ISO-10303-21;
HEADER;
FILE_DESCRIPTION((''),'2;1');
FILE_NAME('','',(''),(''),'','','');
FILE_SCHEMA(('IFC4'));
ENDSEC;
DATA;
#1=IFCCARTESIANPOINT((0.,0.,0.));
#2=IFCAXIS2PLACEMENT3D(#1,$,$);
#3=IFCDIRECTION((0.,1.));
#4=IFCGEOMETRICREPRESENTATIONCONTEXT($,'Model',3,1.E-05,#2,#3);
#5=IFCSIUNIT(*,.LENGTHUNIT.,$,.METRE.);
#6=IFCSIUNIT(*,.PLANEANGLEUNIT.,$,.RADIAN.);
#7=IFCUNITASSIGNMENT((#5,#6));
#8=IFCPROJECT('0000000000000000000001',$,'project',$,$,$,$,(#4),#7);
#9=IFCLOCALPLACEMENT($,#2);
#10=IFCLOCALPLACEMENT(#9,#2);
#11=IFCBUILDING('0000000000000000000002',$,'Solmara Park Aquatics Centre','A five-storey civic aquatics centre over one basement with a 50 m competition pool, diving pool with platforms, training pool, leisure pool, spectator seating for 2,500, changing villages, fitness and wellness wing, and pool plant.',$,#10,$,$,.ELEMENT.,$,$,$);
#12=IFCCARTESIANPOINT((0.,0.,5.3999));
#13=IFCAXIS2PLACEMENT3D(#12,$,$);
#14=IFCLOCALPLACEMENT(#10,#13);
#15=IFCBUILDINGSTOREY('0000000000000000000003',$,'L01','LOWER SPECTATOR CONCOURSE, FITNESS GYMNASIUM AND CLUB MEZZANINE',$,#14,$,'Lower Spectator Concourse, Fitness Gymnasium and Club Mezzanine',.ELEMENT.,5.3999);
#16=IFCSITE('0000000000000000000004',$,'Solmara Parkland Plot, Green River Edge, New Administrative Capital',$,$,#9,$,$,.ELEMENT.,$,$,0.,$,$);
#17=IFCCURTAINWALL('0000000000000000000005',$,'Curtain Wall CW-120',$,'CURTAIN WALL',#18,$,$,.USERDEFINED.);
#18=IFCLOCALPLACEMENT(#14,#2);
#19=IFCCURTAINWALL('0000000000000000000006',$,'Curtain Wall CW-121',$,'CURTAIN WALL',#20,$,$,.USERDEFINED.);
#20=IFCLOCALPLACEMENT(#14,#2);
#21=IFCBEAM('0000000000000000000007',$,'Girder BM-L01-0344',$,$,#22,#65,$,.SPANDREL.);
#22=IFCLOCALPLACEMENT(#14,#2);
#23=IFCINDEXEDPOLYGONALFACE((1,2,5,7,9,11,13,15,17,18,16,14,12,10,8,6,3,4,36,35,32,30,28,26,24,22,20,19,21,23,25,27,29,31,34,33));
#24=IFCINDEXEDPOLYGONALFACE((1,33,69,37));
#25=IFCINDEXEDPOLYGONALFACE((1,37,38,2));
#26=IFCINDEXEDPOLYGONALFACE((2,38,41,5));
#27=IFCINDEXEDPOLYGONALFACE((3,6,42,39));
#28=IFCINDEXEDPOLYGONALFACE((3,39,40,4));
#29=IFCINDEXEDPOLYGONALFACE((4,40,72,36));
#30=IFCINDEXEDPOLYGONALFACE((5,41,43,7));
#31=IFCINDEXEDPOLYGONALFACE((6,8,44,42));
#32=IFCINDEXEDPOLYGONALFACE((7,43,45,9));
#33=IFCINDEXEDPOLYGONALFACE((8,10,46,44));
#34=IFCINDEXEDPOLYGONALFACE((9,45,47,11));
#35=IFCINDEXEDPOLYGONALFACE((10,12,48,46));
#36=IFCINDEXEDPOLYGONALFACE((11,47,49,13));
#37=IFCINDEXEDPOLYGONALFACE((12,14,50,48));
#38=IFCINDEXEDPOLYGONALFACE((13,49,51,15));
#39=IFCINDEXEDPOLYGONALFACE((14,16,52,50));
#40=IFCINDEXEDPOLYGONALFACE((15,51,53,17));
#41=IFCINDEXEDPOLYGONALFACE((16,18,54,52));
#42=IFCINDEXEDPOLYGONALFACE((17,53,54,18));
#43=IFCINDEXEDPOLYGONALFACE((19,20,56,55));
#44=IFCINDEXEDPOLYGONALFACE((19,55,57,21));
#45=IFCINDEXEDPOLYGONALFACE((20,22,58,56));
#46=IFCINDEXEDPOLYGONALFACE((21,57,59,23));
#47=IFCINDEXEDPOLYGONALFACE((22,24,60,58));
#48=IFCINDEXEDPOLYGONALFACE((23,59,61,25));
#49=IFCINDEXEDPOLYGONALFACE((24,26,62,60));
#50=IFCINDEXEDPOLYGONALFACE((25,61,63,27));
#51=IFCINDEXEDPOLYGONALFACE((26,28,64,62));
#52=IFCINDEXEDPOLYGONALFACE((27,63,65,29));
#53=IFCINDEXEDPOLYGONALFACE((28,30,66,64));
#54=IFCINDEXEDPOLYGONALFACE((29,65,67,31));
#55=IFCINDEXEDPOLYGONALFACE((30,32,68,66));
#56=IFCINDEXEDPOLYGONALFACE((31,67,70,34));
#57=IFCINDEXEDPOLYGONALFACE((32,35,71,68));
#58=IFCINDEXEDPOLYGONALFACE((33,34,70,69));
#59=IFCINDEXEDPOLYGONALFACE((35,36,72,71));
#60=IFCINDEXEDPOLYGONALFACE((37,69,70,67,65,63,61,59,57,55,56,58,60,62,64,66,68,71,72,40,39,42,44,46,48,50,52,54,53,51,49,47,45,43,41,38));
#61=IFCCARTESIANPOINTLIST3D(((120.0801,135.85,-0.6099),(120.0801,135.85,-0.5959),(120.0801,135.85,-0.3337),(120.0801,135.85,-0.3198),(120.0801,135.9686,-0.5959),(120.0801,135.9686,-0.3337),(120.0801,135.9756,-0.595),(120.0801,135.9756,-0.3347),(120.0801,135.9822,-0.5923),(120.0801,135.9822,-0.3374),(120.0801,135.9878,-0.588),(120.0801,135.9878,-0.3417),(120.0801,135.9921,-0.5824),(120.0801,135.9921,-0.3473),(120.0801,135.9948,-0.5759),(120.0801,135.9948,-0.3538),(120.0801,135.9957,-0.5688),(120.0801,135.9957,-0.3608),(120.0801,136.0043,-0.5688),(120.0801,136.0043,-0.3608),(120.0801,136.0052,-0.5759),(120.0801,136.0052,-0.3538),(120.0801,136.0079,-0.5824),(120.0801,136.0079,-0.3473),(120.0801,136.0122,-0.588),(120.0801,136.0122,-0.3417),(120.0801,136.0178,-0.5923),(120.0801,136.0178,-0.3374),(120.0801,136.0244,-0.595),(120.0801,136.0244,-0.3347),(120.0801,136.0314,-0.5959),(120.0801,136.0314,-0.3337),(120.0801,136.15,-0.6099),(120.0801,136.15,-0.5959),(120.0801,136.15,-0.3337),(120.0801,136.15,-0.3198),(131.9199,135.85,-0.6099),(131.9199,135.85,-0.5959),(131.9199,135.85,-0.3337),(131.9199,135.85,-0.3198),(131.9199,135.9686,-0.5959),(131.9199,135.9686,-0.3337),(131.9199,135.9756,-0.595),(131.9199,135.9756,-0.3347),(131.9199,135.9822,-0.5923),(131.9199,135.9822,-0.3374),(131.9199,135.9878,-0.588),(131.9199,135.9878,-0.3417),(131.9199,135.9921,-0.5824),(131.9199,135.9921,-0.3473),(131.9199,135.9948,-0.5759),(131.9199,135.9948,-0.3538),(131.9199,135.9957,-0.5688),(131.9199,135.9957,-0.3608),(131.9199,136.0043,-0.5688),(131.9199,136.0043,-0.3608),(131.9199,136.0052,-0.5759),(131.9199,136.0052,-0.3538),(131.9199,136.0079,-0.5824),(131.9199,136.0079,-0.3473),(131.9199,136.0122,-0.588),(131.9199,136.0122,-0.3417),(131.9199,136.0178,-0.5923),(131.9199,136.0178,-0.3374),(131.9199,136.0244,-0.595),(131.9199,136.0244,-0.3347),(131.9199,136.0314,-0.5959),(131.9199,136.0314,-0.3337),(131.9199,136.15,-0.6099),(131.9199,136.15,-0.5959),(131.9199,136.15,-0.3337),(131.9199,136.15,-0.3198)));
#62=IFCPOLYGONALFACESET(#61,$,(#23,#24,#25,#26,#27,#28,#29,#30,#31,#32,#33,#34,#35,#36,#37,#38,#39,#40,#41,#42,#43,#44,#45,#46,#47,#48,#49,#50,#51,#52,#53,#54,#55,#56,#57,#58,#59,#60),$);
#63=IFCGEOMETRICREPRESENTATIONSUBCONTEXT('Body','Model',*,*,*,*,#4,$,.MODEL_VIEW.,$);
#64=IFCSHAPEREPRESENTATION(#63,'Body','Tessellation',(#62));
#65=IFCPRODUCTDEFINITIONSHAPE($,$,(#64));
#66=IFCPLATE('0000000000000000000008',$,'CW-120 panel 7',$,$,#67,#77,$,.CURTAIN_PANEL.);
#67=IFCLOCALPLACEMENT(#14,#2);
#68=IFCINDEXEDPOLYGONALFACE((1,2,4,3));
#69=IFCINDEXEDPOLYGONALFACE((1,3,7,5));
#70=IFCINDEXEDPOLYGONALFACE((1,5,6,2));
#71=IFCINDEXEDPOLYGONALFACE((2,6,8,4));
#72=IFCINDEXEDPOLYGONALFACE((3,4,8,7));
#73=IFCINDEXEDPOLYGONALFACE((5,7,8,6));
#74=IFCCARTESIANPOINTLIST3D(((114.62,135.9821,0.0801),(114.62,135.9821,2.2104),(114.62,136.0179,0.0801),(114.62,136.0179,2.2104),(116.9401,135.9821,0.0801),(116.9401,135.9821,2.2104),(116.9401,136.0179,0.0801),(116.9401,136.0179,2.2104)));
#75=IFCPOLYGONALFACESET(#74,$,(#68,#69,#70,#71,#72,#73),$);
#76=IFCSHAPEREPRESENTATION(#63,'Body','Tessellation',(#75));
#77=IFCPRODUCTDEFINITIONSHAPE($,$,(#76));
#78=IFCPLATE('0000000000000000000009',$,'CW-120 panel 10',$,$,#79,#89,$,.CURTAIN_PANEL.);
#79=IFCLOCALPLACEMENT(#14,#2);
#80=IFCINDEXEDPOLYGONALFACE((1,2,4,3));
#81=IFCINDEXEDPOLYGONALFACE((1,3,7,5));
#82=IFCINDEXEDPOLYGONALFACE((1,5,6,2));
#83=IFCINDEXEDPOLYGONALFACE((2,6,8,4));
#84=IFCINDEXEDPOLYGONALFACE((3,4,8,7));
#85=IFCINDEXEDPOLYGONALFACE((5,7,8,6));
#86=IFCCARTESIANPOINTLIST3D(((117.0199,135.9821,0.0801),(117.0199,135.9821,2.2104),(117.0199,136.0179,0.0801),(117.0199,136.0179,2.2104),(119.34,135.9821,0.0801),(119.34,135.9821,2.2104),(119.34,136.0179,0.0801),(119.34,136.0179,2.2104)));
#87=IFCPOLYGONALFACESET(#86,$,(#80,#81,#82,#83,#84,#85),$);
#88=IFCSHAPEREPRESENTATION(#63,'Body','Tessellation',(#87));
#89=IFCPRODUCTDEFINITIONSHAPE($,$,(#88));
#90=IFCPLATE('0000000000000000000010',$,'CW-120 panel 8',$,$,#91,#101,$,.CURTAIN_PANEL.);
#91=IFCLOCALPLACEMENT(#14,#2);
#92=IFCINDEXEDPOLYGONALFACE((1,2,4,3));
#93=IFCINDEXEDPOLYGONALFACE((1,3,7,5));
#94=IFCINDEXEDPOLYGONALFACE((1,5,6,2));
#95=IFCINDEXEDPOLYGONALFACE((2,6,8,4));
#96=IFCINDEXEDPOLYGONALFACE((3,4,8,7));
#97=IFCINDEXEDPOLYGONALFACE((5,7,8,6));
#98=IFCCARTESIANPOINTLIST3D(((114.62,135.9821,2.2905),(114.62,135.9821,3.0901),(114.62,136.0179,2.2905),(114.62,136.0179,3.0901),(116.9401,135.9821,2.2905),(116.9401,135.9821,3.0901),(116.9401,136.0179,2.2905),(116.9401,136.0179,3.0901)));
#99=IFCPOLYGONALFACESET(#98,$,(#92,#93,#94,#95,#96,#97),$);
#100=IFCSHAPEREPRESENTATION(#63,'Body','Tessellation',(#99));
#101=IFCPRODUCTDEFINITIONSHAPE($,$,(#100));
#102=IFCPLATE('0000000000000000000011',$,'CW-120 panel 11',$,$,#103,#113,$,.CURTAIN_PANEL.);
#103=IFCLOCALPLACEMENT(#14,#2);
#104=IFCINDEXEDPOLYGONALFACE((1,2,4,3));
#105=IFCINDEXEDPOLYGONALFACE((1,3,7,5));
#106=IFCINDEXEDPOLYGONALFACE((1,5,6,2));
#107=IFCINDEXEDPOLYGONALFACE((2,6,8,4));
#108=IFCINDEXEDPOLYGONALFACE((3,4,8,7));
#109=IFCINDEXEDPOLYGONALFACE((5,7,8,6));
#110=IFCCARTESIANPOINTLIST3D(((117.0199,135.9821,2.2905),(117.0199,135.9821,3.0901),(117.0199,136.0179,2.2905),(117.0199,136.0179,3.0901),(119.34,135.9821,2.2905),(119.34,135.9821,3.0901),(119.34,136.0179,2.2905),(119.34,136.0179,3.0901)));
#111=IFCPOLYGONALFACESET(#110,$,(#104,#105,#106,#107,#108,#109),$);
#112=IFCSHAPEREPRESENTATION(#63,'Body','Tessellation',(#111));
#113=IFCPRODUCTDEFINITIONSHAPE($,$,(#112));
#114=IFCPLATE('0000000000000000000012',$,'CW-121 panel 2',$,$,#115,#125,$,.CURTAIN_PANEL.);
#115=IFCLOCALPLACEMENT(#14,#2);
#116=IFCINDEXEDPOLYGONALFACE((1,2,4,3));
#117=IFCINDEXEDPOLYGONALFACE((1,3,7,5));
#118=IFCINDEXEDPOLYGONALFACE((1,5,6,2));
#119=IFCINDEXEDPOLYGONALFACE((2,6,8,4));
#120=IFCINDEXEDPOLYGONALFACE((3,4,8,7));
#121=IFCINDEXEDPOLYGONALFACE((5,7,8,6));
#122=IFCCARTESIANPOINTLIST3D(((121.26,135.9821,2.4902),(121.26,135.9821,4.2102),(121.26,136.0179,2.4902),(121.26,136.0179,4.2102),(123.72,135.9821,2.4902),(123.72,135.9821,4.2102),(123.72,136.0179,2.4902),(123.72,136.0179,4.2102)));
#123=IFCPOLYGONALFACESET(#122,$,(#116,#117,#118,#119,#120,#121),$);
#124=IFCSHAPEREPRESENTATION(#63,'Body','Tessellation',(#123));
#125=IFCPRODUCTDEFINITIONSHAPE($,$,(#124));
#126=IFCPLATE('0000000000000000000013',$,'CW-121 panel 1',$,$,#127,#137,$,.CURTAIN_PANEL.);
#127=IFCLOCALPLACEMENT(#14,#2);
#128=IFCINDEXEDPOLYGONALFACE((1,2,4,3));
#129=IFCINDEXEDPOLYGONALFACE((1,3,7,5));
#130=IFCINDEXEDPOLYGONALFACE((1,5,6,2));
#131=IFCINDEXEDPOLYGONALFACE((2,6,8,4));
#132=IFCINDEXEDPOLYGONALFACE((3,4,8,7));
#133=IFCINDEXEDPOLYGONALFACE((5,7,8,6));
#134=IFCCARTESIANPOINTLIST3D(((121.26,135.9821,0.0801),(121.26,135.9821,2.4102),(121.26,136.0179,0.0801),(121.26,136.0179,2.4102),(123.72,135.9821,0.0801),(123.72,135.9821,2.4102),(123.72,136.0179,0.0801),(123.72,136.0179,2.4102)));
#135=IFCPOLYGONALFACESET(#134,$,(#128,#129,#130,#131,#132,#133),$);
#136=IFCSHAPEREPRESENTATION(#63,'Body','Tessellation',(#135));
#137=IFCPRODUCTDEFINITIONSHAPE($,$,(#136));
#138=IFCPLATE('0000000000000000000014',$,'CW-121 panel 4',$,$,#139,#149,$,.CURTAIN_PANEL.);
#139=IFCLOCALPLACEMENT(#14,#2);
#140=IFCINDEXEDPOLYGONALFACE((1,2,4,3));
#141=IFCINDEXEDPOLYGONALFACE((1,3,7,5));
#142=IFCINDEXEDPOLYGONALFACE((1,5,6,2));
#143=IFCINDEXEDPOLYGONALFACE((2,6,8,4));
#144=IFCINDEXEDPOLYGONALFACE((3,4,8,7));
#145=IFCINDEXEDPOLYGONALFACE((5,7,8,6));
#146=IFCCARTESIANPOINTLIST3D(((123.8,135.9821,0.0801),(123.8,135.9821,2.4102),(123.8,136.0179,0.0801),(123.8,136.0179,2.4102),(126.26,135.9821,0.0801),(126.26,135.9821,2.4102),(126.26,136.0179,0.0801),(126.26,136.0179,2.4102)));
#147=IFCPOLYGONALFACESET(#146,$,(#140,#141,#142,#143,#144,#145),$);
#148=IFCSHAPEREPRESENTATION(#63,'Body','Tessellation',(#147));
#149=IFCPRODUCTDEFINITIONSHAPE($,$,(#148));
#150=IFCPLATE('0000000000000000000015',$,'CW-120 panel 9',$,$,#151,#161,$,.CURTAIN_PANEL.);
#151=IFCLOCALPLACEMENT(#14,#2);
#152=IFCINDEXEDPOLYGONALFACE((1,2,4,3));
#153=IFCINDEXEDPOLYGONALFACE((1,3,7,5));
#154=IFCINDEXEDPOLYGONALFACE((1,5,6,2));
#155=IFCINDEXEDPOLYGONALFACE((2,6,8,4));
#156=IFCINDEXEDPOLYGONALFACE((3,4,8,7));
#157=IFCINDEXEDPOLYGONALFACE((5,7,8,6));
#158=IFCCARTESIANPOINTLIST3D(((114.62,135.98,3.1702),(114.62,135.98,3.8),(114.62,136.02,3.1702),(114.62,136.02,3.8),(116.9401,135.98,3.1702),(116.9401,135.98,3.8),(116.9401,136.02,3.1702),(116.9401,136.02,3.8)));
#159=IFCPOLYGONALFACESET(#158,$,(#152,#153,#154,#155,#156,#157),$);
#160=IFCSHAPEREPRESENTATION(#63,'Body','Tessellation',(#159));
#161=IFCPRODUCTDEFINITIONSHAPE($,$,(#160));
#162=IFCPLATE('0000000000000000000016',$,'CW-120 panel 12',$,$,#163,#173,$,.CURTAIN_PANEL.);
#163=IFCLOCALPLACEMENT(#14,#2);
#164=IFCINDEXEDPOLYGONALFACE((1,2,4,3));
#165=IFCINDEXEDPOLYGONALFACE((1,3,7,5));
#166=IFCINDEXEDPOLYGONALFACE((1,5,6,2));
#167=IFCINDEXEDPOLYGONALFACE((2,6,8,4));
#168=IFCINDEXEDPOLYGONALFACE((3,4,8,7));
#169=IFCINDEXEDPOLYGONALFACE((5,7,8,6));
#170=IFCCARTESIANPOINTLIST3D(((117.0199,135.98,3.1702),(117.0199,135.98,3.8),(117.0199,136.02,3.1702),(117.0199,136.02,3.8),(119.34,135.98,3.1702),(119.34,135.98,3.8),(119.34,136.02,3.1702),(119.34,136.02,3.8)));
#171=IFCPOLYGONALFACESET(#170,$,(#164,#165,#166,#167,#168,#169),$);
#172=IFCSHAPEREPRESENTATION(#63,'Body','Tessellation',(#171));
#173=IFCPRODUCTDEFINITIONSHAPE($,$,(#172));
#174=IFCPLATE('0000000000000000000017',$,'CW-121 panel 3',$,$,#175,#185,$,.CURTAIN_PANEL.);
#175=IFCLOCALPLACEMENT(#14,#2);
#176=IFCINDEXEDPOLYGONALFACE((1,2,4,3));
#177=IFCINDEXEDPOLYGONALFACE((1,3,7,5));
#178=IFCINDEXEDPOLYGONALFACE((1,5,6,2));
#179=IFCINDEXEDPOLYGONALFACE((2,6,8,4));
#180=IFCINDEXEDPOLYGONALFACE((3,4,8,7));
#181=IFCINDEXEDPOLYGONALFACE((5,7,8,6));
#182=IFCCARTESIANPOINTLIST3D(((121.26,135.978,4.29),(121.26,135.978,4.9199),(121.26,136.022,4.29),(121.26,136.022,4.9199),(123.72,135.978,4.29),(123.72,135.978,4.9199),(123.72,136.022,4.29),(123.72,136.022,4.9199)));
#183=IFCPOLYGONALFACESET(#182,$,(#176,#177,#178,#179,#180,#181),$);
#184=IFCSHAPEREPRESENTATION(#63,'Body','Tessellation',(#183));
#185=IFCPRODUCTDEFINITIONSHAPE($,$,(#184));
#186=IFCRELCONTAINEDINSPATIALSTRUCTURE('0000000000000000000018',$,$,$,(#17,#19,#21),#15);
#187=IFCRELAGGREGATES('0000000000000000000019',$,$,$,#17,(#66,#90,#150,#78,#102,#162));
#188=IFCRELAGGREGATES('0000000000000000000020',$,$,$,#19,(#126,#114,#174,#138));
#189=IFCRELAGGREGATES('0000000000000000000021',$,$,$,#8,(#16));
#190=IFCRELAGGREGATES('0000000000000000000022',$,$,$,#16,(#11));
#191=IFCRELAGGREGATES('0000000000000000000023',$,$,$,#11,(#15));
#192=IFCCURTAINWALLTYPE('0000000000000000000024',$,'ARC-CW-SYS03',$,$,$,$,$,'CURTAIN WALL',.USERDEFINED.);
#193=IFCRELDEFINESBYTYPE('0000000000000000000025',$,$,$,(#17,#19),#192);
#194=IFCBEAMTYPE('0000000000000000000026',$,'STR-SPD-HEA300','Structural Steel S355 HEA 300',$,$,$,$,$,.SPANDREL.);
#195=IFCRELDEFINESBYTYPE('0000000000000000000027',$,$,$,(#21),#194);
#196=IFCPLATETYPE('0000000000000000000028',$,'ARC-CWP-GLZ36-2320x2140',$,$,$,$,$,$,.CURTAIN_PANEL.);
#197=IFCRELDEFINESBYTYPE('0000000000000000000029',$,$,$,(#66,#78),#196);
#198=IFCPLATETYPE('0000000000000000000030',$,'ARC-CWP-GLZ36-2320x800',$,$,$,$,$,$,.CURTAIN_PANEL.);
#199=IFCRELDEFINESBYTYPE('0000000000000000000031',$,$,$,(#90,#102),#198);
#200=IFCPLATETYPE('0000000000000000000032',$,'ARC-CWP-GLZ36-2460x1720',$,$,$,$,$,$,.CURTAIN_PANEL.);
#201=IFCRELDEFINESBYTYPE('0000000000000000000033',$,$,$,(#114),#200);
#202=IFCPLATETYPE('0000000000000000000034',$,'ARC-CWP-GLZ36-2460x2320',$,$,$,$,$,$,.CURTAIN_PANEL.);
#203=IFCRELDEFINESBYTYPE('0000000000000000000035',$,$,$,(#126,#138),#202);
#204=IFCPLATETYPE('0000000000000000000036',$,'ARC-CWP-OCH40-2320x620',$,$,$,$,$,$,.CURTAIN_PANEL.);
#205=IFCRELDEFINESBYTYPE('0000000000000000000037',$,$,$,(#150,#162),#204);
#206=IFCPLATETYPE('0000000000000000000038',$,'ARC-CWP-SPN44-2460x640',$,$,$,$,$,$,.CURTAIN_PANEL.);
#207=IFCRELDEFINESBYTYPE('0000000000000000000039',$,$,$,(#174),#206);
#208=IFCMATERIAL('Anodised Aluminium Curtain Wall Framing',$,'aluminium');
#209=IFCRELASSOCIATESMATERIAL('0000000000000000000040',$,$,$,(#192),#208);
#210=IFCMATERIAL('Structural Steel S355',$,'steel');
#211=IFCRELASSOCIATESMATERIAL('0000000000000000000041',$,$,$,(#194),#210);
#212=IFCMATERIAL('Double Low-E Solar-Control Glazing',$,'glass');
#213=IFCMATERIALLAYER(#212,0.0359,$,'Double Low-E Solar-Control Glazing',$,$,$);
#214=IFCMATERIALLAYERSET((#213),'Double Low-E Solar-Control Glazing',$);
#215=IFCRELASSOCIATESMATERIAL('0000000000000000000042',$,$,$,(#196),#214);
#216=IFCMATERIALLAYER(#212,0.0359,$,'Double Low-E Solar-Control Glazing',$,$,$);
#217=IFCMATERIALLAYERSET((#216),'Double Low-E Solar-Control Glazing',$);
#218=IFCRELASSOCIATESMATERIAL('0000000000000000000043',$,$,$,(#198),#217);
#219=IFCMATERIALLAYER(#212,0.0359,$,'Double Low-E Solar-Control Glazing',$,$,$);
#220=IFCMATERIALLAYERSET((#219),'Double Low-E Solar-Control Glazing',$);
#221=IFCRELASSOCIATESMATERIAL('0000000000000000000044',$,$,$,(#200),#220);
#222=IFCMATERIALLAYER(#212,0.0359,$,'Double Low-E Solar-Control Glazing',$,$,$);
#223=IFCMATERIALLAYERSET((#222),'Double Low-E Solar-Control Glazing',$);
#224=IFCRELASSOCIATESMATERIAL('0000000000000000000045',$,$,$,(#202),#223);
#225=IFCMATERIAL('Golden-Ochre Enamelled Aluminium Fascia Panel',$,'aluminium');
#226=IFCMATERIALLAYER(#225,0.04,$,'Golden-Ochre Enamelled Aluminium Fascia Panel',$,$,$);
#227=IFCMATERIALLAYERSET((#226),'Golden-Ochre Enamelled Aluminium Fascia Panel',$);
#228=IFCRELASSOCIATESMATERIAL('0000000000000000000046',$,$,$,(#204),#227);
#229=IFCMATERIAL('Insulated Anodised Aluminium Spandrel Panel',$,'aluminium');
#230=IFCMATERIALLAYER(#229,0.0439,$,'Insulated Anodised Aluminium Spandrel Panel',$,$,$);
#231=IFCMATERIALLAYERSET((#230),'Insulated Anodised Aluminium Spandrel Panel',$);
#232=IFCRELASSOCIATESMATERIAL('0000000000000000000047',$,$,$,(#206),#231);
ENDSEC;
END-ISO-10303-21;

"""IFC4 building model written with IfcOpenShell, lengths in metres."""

from ifc_helpers import new_model, si_unit, direction, frame, origin, origin_2d, place, context, subcontext, project, spatial, rectangle, i_section, extrude, material, layer, layer_set, material_profile, profile_set, type_object, element, aggregate, save


model = new_model("IFC4")

# Units and contexts
model_context = context("Model", 3, precision=1e-05, world=origin(), true_north=direction((0.0, 1.0)))
body_context = subcontext(model_context, "Body", "Model", "MODEL_VIEW")
ifc_project = project(units=[si_unit("LENGTHUNIT", "METRE"), si_unit("PLANEANGLEUNIT", "RADIAN")], contexts=[model_context])

# Site, building, storey
site_placement = place(None, origin())
site = spatial("IfcSite", under=ifc_project, at=site_placement, Name="Solmara Parkland Plot, Green River Edge, New Administrative Capital", CompositionType="ELEMENT", RefElevation=0.0)
building_placement = place(site_placement, origin())
building = spatial("IfcBuilding", under=site, at=building_placement, Name="Solmara Park Aquatics Centre", Description="A five-storey civic aquatics centre over one basement with a 50 m competition pool, diving pool with platforms, training pool, leisure pool, spectator seating for 2,500, changing villages, fitness and wellness wing, and pool plant.", CompositionType="ELEMENT")
storey_placement = place(building_placement, frame((0.0, 0.0, 5.3999)))
storey = spatial("IfcBuildingStorey", under=building, at=storey_placement, Name="L01", Description="LOWER SPECTATOR CONCOURSE, FITNESS GYMNASIUM AND CLUB MEZZANINE", LongName="Lower Spectator Concourse, Fitness Gymnasium and Club Mezzanine", CompositionType="ELEMENT", Elevation=5.3999)

# Shared definitions
ifc_material_1 = material(Name="Structural Steel S355", Category="steel")

# Curtain walls
ifc_material_2 = material(Name="Anodised Aluminium Curtain Wall Framing", Category="aluminium")
curtain_wall_type = type_object("IfcCurtainWallType", Name="ARC-CW-SYS03", ElementType="CURTAIN WALL", PredefinedType="USERDEFINED", material=ifc_material_2)
curtain_wall_1_placement = place(storey_placement, origin())
curtain_wall_1 = element("IfcCurtainWall", 1, at=curtain_wall_1_placement, inside=storey, type_object=curtain_wall_type, Name="Curtain Wall CW-120", ObjectType="CURTAIN WALL", PredefinedType="USERDEFINED")
curtain_wall_2_placement = place(storey_placement, origin())
curtain_wall_2 = element("IfcCurtainWall", 2, at=curtain_wall_2_placement, inside=storey, type_object=curtain_wall_type, Name="Curtain Wall CW-121", ObjectType="CURTAIN WALL", PredefinedType="USERDEFINED")

# Beam
ifc_material_profile_1 = material_profile(ifc_material_1, i_section(OverallWidth=0.3, OverallDepth=0.29, WebThickness=0.0085, FlangeThickness=0.0139, FilletRadius=0.0271, at=origin_2d()), Name="HEA 300")
ifc_profile_set_1 = profile_set([ifc_material_profile_1], Name="Structural Steel S355")
beam_type = type_object("IfcBeamType", Name="STR-SPD-HEA300", Description="Structural Steel S355 HEA 300", PredefinedType="SPANDREL", material=ifc_profile_set_1)
beam_placement = place(storey_placement, frame((120.0801, 136.0, -0.4648), z_axis=(1.0, 0.0, 0.0), x_axis=(0.0, 1.0, 0.0)))
element("IfcBeam", 3, at=beam_placement, inside=storey, type_object=beam_type, Name="Girder BM-L01-0344", PredefinedType="SPANDREL", context=body_context, shape_type="SweptSolid", body=[
    extrude(i_section(OverallWidth=0.3, OverallDepth=0.29, WebThickness=0.0085, FlangeThickness=0.0139, FilletRadius=0.0271, at=origin_2d()), origin(), (0.0, 0.0, 1.0), 11.8398),
])

# Plates
ifc_material_3 = material(Name="Double Low-E Solar-Control Glazing", Category="glass")
ifc_layer_1 = layer(ifc_material_3, 0.0359, Name="Double Low-E Solar-Control Glazing")
ifc_layer_set_1 = layer_set([ifc_layer_1], Name="Double Low-E Solar-Control Glazing")
plate_type_1 = type_object("IfcPlateType", Name="ARC-CWP-GLZ36-2320x2140", PredefinedType="CURTAIN_PANEL", material=ifc_layer_set_1)
plate_1_placement = place(storey_placement, frame((115.78, 136.0, 0.0801), z_axis=(0.0, 0.0, 1.0), x_axis=(1.0, 0.0, 0.0)))
plate_1 = element("IfcPlate", 4, at=plate_1_placement, type_object=plate_type_1, Name="CW-120 panel 7", PredefinedType="CURTAIN_PANEL", context=body_context, shape_type="SweptSolid", body=[
    extrude(rectangle(XDim=2.3201, YDim=0.0359, at=origin_2d()), origin(), (0.0, 0.0, 1.0), 2.1304),
])
plate_2_placement = place(storey_placement, frame((118.1799, 136.0, 0.0801), z_axis=(0.0, 0.0, 1.0), x_axis=(1.0, 0.0, 0.0)))
plate_2 = element("IfcPlate", 5, at=plate_2_placement, type_object=plate_type_1, Name="CW-120 panel 10", PredefinedType="CURTAIN_PANEL", context=body_context, shape_type="SweptSolid", body=[
    extrude(rectangle(XDim=2.3201, YDim=0.0359, at=origin_2d()), origin(), (0.0, 0.0, 1.0), 2.1304),
])
ifc_layer_2 = layer(ifc_material_3, 0.0359, Name="Double Low-E Solar-Control Glazing")
ifc_layer_set_2 = layer_set([ifc_layer_2], Name="Double Low-E Solar-Control Glazing")
plate_type_2 = type_object("IfcPlateType", Name="ARC-CWP-GLZ36-2320x800", PredefinedType="CURTAIN_PANEL", material=ifc_layer_set_2)
plate_3_placement = place(storey_placement, frame((115.78, 136.0, 2.2905), z_axis=(0.0, 0.0, 1.0), x_axis=(1.0, 0.0, 0.0)))
plate_3 = element("IfcPlate", 6, at=plate_3_placement, type_object=plate_type_2, Name="CW-120 panel 8", PredefinedType="CURTAIN_PANEL", context=body_context, shape_type="SweptSolid", body=[
    extrude(rectangle(XDim=2.3201, YDim=0.0359, at=origin_2d()), origin(), (0.0, 0.0, 1.0), 0.7996),
])
plate_4_placement = place(storey_placement, frame((118.1799, 136.0, 2.2905), z_axis=(0.0, 0.0, 1.0), x_axis=(1.0, 0.0, 0.0)))
plate_4 = element("IfcPlate", 7, at=plate_4_placement, type_object=plate_type_2, Name="CW-120 panel 11", PredefinedType="CURTAIN_PANEL", context=body_context, shape_type="SweptSolid", body=[
    extrude(rectangle(XDim=2.3201, YDim=0.0359, at=origin_2d()), origin(), (0.0, 0.0, 1.0), 0.7996),
])
ifc_layer_3 = layer(ifc_material_3, 0.0359, Name="Double Low-E Solar-Control Glazing")
ifc_layer_set_3 = layer_set([ifc_layer_3], Name="Double Low-E Solar-Control Glazing")
plate_type_3 = type_object("IfcPlateType", Name="ARC-CWP-GLZ36-2460x1720", PredefinedType="CURTAIN_PANEL", material=ifc_layer_set_3)
plate_5_placement = place(storey_placement, frame((122.49, 136.0, 2.4902), z_axis=(0.0, 0.0, 1.0), x_axis=(1.0, 0.0, 0.0)))
plate_5 = element("IfcPlate", 8, at=plate_5_placement, type_object=plate_type_3, Name="CW-121 panel 2", PredefinedType="CURTAIN_PANEL", context=body_context, shape_type="SweptSolid", body=[
    extrude(rectangle(XDim=2.46, YDim=0.0359, at=origin_2d()), origin(), (0.0, 0.0, 1.0), 1.72),
])
ifc_layer_4 = layer(ifc_material_3, 0.0359, Name="Double Low-E Solar-Control Glazing")
ifc_layer_set_4 = layer_set([ifc_layer_4], Name="Double Low-E Solar-Control Glazing")
plate_type_4 = type_object("IfcPlateType", Name="ARC-CWP-GLZ36-2460x2320", PredefinedType="CURTAIN_PANEL", material=ifc_layer_set_4)
plate_6_placement = place(storey_placement, frame((122.49, 136.0, 0.0801), z_axis=(0.0, 0.0, 1.0), x_axis=(1.0, 0.0, 0.0)))
plate_6 = element("IfcPlate", 9, at=plate_6_placement, type_object=plate_type_4, Name="CW-121 panel 1", PredefinedType="CURTAIN_PANEL", context=body_context, shape_type="SweptSolid", body=[
    extrude(rectangle(XDim=2.46, YDim=0.0359, at=origin_2d()), origin(), (0.0, 0.0, 1.0), 2.3301),
])
plate_7_placement = place(storey_placement, frame((125.03, 136.0, 0.0801), z_axis=(0.0, 0.0, 1.0), x_axis=(1.0, 0.0, 0.0)))
plate_7 = element("IfcPlate", 10, at=plate_7_placement, type_object=plate_type_4, Name="CW-121 panel 4", PredefinedType="CURTAIN_PANEL", context=body_context, shape_type="SweptSolid", body=[
    extrude(rectangle(XDim=2.46, YDim=0.0359, at=origin_2d()), origin(), (0.0, 0.0, 1.0), 2.3301),
])
ifc_material_4 = material(Name="Golden-Ochre Enamelled Aluminium Fascia Panel", Category="aluminium")
ifc_layer_5 = layer(ifc_material_4, 0.04, Name="Golden-Ochre Enamelled Aluminium Fascia Panel")
ifc_layer_set_5 = layer_set([ifc_layer_5], Name="Golden-Ochre Enamelled Aluminium Fascia Panel")
plate_type_5 = type_object("IfcPlateType", Name="ARC-CWP-OCH40-2320x620", PredefinedType="CURTAIN_PANEL", material=ifc_layer_set_5)
plate_8_placement = place(storey_placement, frame((115.78, 136.0, 3.1702), z_axis=(0.0, 0.0, 1.0), x_axis=(1.0, 0.0, 0.0)))
plate_8 = element("IfcPlate", 11, at=plate_8_placement, type_object=plate_type_5, Name="CW-120 panel 9", PredefinedType="CURTAIN_PANEL", context=body_context, shape_type="SweptSolid", body=[
    extrude(rectangle(XDim=2.3201, YDim=0.04, at=origin_2d()), origin(), (0.0, 0.0, 1.0), 0.6299),
])
plate_9_placement = place(storey_placement, frame((118.1799, 136.0, 3.1702), z_axis=(0.0, 0.0, 1.0), x_axis=(1.0, 0.0, 0.0)))
plate_9 = element("IfcPlate", 12, at=plate_9_placement, type_object=plate_type_5, Name="CW-120 panel 12", PredefinedType="CURTAIN_PANEL", context=body_context, shape_type="SweptSolid", body=[
    extrude(rectangle(XDim=2.3201, YDim=0.04, at=origin_2d()), origin(), (0.0, 0.0, 1.0), 0.6299),
])
aggregate(curtain_wall_1, [plate_1, plate_3, plate_8, plate_2, plate_4, plate_9])
ifc_material_5 = material(Name="Insulated Anodised Aluminium Spandrel Panel", Category="aluminium")
ifc_layer_6 = layer(ifc_material_5, 0.0439, Name="Insulated Anodised Aluminium Spandrel Panel")
ifc_layer_set_6 = layer_set([ifc_layer_6], Name="Insulated Anodised Aluminium Spandrel Panel")
plate_type_6 = type_object("IfcPlateType", Name="ARC-CWP-SPN44-2460x640", PredefinedType="CURTAIN_PANEL", material=ifc_layer_set_6)
plate_10_placement = place(storey_placement, frame((122.49, 136.0, 4.29), z_axis=(0.0, 0.0, 1.0), x_axis=(1.0, 0.0, 0.0)))
plate_10 = element("IfcPlate", 13, at=plate_10_placement, type_object=plate_type_6, Name="CW-121 panel 3", PredefinedType="CURTAIN_PANEL", context=body_context, shape_type="SweptSolid", body=[
    extrude(rectangle(XDim=2.46, YDim=0.0439, at=origin_2d()), origin(), (0.0, 0.0, 1.0), 0.6299),
])
aggregate(curtain_wall_2, [plate_6, plate_5, plate_10, plate_7])

save(model, "model.ifc")
